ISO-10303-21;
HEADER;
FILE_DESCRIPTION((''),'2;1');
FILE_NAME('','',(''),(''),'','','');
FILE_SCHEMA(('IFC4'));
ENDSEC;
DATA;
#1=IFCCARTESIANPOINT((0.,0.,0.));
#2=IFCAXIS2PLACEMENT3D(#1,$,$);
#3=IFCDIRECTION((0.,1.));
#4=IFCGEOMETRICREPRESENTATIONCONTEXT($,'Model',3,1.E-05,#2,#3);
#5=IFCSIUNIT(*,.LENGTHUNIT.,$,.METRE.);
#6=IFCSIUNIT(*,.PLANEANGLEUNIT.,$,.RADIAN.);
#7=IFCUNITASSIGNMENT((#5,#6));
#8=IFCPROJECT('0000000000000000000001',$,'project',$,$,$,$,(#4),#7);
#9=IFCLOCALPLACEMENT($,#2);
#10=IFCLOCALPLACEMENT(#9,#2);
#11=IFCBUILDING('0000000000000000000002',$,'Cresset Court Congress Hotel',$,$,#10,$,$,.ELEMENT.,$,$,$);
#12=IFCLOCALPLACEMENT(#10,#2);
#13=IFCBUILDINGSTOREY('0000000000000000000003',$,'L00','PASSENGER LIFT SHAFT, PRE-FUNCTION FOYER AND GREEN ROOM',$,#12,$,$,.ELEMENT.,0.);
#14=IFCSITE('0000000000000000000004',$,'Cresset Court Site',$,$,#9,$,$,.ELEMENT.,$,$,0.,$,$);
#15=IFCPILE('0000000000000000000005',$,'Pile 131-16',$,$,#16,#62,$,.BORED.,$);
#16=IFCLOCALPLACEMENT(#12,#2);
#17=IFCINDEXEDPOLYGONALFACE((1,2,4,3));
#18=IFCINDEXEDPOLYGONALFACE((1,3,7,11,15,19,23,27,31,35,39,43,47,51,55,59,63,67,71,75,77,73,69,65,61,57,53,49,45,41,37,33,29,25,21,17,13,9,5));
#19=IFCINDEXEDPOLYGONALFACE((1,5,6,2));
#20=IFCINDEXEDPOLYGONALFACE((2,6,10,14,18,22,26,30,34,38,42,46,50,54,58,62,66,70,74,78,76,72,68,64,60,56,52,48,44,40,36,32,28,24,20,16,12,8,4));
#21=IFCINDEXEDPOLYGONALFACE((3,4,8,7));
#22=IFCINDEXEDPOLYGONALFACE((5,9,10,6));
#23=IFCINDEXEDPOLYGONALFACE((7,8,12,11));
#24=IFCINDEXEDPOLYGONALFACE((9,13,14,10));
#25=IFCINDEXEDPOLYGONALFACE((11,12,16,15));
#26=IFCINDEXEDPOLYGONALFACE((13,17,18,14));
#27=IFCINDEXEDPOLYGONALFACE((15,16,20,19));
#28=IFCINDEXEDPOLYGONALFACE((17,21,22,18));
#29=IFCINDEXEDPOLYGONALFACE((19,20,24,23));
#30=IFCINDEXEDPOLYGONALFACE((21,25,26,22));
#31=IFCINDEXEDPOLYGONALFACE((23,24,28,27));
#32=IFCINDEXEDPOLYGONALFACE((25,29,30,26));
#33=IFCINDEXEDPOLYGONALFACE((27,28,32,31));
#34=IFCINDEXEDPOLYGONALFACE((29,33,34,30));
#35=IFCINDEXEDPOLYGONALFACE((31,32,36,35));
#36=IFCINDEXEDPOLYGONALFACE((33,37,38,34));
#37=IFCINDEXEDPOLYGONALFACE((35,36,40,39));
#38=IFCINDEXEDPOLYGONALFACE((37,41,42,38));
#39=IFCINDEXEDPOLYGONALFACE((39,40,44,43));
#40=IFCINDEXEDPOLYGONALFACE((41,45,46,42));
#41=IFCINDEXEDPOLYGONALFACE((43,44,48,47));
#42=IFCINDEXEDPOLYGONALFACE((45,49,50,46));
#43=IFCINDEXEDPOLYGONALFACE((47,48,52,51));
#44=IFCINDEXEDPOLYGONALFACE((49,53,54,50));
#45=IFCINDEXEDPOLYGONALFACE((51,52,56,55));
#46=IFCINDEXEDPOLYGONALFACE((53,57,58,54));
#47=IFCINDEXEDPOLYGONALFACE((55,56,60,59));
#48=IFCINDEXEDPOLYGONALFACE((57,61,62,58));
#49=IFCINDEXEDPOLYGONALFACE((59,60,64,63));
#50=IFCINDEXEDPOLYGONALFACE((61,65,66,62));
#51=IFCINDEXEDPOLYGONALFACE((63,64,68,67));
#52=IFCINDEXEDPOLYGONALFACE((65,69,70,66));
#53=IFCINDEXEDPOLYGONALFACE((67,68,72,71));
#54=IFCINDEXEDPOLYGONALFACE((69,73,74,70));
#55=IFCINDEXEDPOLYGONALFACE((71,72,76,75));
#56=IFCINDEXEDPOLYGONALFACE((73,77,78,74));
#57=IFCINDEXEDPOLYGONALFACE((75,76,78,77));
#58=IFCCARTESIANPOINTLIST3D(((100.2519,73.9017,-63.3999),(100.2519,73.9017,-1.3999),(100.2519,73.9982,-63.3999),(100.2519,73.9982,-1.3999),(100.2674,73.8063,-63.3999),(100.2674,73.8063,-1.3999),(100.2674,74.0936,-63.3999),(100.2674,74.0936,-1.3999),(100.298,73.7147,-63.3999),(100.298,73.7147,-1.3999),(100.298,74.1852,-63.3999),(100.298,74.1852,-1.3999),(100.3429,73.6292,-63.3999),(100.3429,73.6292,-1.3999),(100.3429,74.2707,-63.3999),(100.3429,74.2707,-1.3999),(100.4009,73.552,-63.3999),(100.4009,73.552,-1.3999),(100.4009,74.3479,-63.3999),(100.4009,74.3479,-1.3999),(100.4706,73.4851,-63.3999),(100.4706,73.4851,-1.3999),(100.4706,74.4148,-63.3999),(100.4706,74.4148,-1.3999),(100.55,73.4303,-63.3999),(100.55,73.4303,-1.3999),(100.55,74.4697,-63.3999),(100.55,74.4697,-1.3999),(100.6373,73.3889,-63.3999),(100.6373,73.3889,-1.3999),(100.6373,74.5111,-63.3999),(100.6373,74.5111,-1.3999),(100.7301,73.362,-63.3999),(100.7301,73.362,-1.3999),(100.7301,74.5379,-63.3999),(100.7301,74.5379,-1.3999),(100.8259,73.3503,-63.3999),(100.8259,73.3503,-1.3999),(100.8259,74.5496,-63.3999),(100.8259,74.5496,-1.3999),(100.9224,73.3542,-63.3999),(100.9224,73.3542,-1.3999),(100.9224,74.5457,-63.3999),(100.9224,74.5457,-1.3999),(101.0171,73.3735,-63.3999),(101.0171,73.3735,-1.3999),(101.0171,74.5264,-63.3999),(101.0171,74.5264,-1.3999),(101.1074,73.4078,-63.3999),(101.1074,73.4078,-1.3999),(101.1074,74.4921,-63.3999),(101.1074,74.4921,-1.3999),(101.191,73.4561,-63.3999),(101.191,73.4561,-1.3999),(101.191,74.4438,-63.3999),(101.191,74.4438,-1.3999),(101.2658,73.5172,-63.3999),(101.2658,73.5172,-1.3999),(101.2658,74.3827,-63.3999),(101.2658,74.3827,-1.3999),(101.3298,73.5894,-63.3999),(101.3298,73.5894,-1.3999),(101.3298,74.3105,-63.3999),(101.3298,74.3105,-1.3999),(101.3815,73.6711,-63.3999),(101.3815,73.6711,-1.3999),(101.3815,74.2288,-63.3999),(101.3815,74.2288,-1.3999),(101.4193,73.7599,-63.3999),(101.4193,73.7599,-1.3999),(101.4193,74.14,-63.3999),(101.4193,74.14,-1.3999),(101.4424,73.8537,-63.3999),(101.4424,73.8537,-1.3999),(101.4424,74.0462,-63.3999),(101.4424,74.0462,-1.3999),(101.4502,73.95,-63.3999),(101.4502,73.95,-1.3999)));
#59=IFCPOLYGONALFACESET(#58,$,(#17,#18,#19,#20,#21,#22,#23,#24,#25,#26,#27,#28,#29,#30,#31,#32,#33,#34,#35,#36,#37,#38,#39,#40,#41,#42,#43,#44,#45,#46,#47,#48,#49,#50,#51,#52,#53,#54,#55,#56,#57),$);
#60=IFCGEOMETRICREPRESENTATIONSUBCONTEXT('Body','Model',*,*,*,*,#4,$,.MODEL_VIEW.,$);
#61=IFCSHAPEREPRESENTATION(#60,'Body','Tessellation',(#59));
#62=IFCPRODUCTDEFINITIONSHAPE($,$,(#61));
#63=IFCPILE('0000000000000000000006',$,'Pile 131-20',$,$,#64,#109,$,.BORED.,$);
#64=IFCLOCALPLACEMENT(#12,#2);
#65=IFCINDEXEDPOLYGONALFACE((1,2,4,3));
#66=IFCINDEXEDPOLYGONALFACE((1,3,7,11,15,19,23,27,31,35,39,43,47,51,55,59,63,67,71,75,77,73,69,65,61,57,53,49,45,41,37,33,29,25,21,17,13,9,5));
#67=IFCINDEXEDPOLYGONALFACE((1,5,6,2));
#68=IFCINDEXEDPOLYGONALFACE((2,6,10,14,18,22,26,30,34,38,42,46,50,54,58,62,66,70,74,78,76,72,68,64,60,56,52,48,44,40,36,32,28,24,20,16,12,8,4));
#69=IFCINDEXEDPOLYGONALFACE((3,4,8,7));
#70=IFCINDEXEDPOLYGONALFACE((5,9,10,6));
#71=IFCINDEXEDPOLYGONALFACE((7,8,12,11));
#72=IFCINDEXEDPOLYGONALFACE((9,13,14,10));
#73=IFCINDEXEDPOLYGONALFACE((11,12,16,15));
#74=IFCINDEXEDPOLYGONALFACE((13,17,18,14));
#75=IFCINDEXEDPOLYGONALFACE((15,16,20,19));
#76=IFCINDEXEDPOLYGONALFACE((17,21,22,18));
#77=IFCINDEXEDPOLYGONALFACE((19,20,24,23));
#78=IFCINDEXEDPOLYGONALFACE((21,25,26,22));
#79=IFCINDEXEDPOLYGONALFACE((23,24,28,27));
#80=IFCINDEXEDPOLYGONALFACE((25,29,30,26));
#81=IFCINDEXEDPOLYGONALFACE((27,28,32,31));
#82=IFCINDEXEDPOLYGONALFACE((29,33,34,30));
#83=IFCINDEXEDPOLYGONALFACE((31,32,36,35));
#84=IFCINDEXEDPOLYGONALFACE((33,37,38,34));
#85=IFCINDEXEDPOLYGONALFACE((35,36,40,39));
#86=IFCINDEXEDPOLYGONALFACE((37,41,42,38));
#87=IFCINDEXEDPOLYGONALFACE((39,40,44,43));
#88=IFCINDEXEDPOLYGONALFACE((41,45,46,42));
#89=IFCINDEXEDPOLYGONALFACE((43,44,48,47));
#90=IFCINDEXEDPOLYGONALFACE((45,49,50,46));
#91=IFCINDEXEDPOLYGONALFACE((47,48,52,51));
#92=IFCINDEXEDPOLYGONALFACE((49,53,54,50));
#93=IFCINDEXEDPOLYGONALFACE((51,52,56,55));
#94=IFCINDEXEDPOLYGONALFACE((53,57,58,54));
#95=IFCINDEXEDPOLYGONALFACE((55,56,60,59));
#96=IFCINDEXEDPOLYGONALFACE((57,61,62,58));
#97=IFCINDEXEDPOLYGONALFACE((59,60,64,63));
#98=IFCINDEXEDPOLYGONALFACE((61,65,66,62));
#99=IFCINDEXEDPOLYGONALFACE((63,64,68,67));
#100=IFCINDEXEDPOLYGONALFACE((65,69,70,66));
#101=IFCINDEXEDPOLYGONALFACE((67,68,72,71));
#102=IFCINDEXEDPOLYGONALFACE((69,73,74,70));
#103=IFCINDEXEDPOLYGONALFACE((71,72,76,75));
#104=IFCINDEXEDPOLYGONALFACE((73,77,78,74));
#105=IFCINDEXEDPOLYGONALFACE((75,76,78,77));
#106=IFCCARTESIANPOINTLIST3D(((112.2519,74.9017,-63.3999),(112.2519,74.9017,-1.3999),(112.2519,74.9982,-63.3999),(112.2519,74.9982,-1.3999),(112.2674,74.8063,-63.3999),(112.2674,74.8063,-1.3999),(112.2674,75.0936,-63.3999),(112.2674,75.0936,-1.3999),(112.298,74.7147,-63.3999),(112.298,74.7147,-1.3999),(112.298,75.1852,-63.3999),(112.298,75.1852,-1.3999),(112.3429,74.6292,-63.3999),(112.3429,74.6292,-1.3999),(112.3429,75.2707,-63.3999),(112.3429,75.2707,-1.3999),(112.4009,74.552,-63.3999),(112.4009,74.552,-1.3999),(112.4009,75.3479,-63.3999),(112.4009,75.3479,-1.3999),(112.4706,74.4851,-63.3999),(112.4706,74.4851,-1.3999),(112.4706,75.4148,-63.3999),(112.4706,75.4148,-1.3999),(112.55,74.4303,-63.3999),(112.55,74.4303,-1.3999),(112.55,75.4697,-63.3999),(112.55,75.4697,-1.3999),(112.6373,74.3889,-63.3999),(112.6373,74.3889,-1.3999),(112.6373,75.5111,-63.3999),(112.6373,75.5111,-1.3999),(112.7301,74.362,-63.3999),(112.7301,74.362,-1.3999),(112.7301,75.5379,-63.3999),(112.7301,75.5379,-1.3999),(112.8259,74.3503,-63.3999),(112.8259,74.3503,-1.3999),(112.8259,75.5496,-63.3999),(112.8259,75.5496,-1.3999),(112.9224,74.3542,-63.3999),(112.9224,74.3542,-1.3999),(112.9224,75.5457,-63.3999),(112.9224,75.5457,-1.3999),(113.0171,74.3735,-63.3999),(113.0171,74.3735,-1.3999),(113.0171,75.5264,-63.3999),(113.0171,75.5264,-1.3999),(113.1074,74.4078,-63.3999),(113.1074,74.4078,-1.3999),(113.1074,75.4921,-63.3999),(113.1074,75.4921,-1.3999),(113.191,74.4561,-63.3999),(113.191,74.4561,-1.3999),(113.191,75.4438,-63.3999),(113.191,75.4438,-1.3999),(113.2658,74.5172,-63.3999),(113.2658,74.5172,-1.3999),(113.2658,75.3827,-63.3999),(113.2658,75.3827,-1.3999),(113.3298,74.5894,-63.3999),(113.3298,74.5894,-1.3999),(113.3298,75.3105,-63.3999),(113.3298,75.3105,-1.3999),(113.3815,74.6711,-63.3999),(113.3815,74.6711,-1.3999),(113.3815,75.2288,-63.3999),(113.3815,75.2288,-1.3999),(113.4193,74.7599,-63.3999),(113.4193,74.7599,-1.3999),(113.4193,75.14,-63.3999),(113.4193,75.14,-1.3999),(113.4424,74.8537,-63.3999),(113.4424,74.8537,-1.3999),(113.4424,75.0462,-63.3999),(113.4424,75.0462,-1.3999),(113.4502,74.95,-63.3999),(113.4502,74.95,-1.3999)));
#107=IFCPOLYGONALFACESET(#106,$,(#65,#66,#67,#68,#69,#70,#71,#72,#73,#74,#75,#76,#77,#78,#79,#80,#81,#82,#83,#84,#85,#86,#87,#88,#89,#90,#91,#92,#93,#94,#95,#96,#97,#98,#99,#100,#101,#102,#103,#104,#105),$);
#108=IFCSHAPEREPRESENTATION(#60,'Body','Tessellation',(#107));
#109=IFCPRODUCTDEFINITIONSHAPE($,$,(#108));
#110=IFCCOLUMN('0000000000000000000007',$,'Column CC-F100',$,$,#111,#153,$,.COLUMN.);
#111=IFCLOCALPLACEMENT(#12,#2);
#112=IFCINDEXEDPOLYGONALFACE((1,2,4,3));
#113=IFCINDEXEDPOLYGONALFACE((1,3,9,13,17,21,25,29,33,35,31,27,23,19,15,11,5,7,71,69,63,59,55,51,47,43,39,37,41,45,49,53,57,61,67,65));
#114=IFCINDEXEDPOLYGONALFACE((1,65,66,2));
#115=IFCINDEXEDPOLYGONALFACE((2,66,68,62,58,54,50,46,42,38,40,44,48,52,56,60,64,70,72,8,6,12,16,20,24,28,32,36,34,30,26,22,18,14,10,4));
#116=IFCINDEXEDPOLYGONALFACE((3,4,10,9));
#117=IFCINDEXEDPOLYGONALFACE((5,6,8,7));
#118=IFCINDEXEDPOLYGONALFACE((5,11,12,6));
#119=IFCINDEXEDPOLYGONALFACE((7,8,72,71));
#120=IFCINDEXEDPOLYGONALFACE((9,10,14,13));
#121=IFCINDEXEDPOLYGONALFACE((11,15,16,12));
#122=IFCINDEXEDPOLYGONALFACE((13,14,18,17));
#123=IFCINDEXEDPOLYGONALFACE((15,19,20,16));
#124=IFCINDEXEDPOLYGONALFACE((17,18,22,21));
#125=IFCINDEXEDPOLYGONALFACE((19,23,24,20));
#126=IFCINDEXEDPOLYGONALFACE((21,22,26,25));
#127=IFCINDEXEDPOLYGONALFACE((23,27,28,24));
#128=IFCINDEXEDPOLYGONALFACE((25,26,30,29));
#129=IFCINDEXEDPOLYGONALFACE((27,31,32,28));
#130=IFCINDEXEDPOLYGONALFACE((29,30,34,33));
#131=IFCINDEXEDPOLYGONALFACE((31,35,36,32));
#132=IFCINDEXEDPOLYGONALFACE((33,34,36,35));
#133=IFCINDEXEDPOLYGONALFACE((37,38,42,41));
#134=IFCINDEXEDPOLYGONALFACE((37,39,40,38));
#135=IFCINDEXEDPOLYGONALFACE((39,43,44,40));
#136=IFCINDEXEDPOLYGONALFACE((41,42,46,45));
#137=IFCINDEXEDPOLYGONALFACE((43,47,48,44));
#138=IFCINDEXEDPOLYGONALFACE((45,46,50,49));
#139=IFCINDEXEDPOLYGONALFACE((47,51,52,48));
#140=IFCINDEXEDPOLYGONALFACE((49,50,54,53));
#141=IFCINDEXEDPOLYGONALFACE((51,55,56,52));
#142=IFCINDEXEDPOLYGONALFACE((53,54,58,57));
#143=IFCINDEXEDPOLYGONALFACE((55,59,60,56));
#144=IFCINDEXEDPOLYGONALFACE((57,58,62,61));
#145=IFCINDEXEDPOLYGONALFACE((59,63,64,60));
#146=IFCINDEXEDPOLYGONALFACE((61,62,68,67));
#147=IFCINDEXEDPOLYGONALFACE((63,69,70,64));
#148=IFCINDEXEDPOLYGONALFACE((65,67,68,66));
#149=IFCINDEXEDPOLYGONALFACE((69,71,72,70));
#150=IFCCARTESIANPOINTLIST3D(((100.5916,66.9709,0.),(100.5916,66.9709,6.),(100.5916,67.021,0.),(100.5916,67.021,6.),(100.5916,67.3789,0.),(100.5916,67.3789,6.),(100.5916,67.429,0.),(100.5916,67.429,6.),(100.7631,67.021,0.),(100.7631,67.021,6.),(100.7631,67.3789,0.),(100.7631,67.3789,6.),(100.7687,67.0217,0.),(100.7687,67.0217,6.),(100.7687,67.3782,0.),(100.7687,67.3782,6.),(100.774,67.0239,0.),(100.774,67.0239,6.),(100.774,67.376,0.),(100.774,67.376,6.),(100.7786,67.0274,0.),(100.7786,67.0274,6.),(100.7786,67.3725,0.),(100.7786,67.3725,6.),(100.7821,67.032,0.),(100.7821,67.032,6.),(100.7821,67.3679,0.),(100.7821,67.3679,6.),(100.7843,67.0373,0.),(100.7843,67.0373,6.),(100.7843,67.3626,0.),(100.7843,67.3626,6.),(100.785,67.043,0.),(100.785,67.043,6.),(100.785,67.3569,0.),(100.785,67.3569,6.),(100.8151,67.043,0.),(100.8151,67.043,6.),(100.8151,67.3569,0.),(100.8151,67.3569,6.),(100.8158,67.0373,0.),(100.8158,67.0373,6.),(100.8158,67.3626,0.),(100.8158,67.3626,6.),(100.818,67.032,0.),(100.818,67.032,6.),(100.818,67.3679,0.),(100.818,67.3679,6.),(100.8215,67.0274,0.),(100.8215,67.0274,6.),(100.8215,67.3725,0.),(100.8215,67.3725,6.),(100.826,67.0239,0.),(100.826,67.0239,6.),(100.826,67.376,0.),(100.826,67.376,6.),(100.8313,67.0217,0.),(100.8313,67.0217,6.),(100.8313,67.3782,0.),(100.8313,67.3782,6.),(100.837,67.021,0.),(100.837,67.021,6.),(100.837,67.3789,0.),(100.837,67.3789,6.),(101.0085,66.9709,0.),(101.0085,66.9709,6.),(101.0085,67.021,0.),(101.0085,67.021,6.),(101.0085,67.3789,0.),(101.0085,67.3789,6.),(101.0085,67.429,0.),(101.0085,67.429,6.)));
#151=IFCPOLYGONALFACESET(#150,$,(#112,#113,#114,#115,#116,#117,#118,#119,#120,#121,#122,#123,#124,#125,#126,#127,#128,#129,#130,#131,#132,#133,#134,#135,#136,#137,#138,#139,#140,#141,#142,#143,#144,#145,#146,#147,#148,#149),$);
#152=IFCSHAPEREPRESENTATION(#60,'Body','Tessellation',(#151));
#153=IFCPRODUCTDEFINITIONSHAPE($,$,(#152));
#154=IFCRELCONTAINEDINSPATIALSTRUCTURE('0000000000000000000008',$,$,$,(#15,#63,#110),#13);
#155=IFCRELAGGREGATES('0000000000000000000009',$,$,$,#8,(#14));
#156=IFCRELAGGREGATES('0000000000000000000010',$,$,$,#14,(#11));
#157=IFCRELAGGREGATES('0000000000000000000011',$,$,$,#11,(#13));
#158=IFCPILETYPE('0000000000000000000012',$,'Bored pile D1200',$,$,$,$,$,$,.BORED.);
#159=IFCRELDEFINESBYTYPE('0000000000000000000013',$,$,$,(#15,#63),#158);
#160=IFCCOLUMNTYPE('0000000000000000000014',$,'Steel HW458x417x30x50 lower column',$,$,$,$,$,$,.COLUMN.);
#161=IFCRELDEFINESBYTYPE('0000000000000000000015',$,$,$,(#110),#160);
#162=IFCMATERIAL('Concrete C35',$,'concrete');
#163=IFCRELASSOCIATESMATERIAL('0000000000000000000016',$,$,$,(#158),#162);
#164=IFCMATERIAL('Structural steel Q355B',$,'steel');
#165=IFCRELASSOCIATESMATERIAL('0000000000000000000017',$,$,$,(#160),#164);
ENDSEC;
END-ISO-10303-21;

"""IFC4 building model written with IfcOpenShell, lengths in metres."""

from ifc_helpers import new_model, si_unit, direction, frame, origin, origin_2d, place, context, subcontext, project, spatial, circle, i_section, extrude, material, material_profile, profile_set, type_object, element, save


model = new_model("IFC4")

# Units and contexts
model_context = context("Model", 3, precision=1e-05, world=origin(), true_north=direction((0.0, 1.0)))
body_context = subcontext(model_context, "Body", "Model", "MODEL_VIEW")
ifc_project = project(units=[si_unit("LENGTHUNIT", "METRE"), si_unit("PLANEANGLEUNIT", "RADIAN")], contexts=[model_context])

# Site, building, storey
site_placement = place(None, origin())
site = spatial("IfcSite", under=ifc_project, at=site_placement, Name="Cresset Court Site", CompositionType="ELEMENT", RefElevation=0.0)
building_placement = place(site_placement, origin())
building = spatial("IfcBuilding", under=site, at=building_placement, Name="Cresset Court Congress Hotel", CompositionType="ELEMENT")
storey_placement = place(building_placement, origin())
storey = spatial("IfcBuildingStorey", under=building, at=storey_placement, Name="L00", Description="PASSENGER LIFT SHAFT, PRE-FUNCTION FOYER AND GREEN ROOM", CompositionType="ELEMENT", Elevation=0.0)

# Piles
ifc_material_1 = material(Name="Concrete C35", Category="concrete")
pile_type_1 = type_object("IfcPileType", Name="Bored pile D1200", PredefinedType="BORED", material=ifc_material_1)
for number, where, z_axis, x_axis, name in (
    (1, (100.8501, 73.95, -1.3999), (0.0, 0.0, -1.0), (1.0, 0.0, 0.0), "Pile 131-16"),
    (2, (112.8501, 74.95, -1.3999), (0.0, 0.0, -1.0), (1.0, 0.0, 0.0), "Pile 131-20"),
):
    element("IfcPile", number, at=place(storey_placement, frame(where, z_axis=z_axis, x_axis=x_axis)), inside=storey, type_object=pile_type_1, Name=name, PredefinedType="BORED", context=body_context, shape_type="SweptSolid", body=[
        extrude(circle(Radius=0.6001, at=origin_2d()), origin(), (0.0, 0.0, 1.0), 62.0),
    ])

# Column
ifc_material_2 = material(Name="Structural steel Q355B", Category="steel")
ifc_material_profile = material_profile(ifc_material_2, i_section(OverallWidth=0.417, OverallDepth=0.458, WebThickness=0.03, FlangeThickness=0.05, FilletRadius=0.022, at=origin_2d()), Name="HW458x417x30x50")
ifc_profile_set = profile_set([ifc_material_profile], Name="Structural steel Q355B")
column_type = type_object("IfcColumnType", Name="Steel HW458x417x30x50 lower column", PredefinedType="COLUMN", material=ifc_profile_set)
column_placement = place(storey_placement, frame((100.8, 67.2, 0.0), z_axis=(0.0, 0.0, 1.0), x_axis=(1.0, 0.0, 0.0)))
element("IfcColumn", 3, at=column_placement, inside=storey, type_object=column_type, Name="Column CC-F100", PredefinedType="COLUMN", context=body_context, shape_type="SweptSolid", body=[
    extrude(i_section(OverallWidth=0.417, OverallDepth=0.458, WebThickness=0.03, FlangeThickness=0.05, FilletRadius=0.022, at=origin_2d()), origin(), (0.0, 0.0, 1.0), 6.0),
])

save(model, "model.ifc")
